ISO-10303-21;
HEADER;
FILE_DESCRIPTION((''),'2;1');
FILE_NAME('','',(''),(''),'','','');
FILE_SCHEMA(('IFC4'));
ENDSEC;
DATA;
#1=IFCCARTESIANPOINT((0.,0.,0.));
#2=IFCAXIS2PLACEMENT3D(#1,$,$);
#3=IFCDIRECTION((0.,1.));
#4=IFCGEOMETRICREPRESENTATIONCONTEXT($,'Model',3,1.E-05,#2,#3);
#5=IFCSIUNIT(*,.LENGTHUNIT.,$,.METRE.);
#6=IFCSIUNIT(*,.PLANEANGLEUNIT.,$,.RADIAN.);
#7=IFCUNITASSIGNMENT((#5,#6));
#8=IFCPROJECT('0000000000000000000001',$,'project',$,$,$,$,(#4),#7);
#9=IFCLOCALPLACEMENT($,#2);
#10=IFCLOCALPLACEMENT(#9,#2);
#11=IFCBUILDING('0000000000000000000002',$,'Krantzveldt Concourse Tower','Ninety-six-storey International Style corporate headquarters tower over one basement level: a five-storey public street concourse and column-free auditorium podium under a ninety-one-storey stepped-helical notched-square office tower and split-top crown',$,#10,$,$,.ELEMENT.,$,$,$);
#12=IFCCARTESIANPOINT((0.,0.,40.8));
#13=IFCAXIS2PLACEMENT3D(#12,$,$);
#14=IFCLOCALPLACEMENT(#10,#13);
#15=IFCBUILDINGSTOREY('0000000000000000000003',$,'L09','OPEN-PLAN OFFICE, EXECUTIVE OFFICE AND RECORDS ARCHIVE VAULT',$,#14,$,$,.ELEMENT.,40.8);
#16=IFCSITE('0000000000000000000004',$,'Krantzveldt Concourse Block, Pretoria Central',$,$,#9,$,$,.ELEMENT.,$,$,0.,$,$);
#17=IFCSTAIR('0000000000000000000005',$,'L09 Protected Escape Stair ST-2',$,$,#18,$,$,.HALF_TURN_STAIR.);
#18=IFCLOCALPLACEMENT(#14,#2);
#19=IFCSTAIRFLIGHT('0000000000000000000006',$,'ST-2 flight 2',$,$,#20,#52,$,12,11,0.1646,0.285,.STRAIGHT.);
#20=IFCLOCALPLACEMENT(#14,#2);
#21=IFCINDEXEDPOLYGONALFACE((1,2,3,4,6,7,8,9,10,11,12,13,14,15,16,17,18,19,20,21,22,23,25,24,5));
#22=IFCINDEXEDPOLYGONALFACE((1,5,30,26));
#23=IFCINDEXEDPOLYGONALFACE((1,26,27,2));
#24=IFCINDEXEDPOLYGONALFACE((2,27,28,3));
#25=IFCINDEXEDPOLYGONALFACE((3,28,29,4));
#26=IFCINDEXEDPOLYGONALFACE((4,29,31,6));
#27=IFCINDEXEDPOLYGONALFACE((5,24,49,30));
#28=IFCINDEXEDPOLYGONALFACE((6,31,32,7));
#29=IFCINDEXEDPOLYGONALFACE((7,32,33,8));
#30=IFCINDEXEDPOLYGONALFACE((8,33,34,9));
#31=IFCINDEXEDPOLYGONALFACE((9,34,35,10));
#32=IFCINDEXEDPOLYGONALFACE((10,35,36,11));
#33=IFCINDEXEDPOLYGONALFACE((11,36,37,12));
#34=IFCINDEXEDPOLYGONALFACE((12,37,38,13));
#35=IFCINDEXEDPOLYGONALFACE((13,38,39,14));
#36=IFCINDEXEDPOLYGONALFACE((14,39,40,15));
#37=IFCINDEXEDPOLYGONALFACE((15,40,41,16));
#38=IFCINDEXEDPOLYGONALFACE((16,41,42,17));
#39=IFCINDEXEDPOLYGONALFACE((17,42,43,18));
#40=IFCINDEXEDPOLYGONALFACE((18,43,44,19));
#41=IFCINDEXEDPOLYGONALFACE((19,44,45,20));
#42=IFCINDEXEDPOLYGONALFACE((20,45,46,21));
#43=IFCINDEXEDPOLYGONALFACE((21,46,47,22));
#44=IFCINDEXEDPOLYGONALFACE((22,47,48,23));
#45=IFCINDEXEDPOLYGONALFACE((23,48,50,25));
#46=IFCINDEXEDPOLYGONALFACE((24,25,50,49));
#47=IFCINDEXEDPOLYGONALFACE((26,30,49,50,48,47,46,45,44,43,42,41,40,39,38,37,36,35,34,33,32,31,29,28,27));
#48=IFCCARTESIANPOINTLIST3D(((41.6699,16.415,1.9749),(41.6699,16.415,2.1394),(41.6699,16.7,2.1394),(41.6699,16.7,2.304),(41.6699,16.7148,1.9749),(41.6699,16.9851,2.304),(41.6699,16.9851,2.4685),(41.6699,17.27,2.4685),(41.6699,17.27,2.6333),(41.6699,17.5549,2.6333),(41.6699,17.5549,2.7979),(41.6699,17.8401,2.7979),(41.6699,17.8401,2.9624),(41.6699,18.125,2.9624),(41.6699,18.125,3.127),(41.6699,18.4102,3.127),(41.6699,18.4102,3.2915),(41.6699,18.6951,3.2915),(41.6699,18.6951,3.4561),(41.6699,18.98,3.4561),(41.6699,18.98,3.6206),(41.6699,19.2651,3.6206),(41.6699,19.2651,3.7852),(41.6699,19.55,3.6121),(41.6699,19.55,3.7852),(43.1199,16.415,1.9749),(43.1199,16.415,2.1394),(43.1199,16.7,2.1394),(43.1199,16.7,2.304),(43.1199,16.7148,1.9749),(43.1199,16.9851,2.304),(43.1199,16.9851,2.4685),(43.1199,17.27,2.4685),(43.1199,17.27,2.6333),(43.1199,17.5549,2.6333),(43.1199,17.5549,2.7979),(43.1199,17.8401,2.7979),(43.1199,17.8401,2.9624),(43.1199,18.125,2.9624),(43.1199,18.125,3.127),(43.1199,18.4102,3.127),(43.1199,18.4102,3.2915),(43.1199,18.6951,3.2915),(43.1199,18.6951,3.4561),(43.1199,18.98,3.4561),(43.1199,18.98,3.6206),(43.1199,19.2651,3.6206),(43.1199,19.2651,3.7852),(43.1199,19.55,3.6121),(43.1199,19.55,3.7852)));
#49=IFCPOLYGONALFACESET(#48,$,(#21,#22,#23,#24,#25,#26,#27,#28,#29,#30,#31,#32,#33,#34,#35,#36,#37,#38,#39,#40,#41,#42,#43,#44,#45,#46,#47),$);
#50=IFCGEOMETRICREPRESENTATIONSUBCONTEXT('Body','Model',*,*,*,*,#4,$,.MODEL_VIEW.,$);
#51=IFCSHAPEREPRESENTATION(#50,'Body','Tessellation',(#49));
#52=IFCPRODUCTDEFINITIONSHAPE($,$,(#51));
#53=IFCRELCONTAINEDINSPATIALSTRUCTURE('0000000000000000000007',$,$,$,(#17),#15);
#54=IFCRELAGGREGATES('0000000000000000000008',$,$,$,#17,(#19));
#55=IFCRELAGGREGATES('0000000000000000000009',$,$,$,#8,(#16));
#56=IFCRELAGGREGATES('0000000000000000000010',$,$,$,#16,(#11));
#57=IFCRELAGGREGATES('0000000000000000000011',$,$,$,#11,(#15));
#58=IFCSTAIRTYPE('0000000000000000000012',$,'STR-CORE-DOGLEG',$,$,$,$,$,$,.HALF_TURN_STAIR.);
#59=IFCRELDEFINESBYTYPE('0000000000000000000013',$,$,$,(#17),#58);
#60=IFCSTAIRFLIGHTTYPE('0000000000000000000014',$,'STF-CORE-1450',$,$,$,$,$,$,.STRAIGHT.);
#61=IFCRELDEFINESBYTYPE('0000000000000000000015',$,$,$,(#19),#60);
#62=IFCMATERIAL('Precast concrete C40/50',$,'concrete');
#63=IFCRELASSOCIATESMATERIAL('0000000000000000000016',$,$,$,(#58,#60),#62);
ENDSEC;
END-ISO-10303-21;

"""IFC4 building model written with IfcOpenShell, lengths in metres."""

from ifc_helpers import new_model, si_unit, direction, frame, origin, place, context, subcontext, project, spatial, polyline, outline, extrude, material, type_object, element, aggregate, save


model = new_model("IFC4")

# Units and contexts
model_context = context("Model", 3, precision=1e-05, world=origin(), true_north=direction((0.0, 1.0)))
body_context = subcontext(model_context, "Body", "Model", "MODEL_VIEW")
ifc_project = project(units=[si_unit("LENGTHUNIT", "METRE"), si_unit("PLANEANGLEUNIT", "RADIAN")], contexts=[model_context])

# Site, building, storey
site_placement = place(None, origin())
site = spatial("IfcSite", under=ifc_project, at=site_placement, Name="Krantzveldt Concourse Block, Pretoria Central", CompositionType="ELEMENT", RefElevation=0.0)
building_placement = place(site_placement, origin())
building = spatial("IfcBuilding", under=site, at=building_placement, Name="Krantzveldt Concourse Tower", Description="Ninety-six-storey International Style corporate headquarters tower over one basement level: a five-storey public street concourse and column-free auditorium podium under a ninety-one-storey stepped-helical notched-square office tower and split-top crown", CompositionType="ELEMENT")
storey_placement = place(building_placement, frame((0.0, 0.0, 40.8)))
storey = spatial("IfcBuildingStorey", under=building, at=storey_placement, Name="L09", Description="OPEN-PLAN OFFICE, EXECUTIVE OFFICE AND RECORDS ARCHIVE VAULT", CompositionType="ELEMENT", Elevation=40.8)

# Stair, stair flight
ifc_material_1 = material(Name="Precast concrete C40/50", Category="concrete")
stair_type = type_object("IfcStairType", Name="STR-CORE-DOGLEG", PredefinedType="HALF_TURN_STAIR", material=ifc_material_1)
stair_placement = place(storey_placement, origin())
stair = element("IfcStair", 1, at=stair_placement, inside=storey, type_object=stair_type, Name="L09 Protected Escape Stair ST-2", PredefinedType="HALF_TURN_STAIR")
stair_flight_type = type_object("IfcStairFlightType", Name="STF-CORE-1450", PredefinedType="STRAIGHT", material=ifc_material_1)
stair_flight_1_placement = place(storey_placement, frame((42.395, 16.415, 1.9749), z_axis=(0.0, 0.0, 1.0), x_axis=(0.0, 1.0, 0.0)))
stair_flight_1 = element("IfcStairFlight", 2, at=stair_flight_1_placement, type_object=stair_flight_type, Name="ST-2 flight 2", NumberOfRisers=12, NumberOfTreads=11, PredefinedType="STRAIGHT", RiserHeight=0.1646, TreadLength=0.285, context=body_context, shape_type="SweptSolid", body=[
    extrude(outline(polyline([(0.0, 0.0), (0.0, 0.1646), (0.2849, 0.1646), (0.2849, 0.3291), (0.5701, 0.3291), (0.5701, 0.4937), (0.855, 0.4937), (0.855, 0.6584), (1.1399, 0.6584), (1.1399, 0.823), (1.425, 0.823), (1.425, 0.9875), (1.71, 0.9875), (1.71, 1.1521), (1.9951, 1.1521), (1.9951, 1.3167), (2.28, 1.3167), (2.28, 1.4812), (2.5649, 1.4812), (2.5649, 1.6458), (2.8501, 1.6458), (2.8501, 1.8103), (3.135, 1.8103), (3.135, 1.9751), (3.135, 1.6372), (0.2998, 0.0), (0.0, 0.0)])), frame((0.0, 0.7251, 0.0), z_axis=(0.0, -1.0, 0.0), x_axis=(1.0, 0.0, 0.0)), (0.0, 0.0, 1.0), 1.45),
])
aggregate(stair, [stair_flight_1])

save(model, "model.ifc")
